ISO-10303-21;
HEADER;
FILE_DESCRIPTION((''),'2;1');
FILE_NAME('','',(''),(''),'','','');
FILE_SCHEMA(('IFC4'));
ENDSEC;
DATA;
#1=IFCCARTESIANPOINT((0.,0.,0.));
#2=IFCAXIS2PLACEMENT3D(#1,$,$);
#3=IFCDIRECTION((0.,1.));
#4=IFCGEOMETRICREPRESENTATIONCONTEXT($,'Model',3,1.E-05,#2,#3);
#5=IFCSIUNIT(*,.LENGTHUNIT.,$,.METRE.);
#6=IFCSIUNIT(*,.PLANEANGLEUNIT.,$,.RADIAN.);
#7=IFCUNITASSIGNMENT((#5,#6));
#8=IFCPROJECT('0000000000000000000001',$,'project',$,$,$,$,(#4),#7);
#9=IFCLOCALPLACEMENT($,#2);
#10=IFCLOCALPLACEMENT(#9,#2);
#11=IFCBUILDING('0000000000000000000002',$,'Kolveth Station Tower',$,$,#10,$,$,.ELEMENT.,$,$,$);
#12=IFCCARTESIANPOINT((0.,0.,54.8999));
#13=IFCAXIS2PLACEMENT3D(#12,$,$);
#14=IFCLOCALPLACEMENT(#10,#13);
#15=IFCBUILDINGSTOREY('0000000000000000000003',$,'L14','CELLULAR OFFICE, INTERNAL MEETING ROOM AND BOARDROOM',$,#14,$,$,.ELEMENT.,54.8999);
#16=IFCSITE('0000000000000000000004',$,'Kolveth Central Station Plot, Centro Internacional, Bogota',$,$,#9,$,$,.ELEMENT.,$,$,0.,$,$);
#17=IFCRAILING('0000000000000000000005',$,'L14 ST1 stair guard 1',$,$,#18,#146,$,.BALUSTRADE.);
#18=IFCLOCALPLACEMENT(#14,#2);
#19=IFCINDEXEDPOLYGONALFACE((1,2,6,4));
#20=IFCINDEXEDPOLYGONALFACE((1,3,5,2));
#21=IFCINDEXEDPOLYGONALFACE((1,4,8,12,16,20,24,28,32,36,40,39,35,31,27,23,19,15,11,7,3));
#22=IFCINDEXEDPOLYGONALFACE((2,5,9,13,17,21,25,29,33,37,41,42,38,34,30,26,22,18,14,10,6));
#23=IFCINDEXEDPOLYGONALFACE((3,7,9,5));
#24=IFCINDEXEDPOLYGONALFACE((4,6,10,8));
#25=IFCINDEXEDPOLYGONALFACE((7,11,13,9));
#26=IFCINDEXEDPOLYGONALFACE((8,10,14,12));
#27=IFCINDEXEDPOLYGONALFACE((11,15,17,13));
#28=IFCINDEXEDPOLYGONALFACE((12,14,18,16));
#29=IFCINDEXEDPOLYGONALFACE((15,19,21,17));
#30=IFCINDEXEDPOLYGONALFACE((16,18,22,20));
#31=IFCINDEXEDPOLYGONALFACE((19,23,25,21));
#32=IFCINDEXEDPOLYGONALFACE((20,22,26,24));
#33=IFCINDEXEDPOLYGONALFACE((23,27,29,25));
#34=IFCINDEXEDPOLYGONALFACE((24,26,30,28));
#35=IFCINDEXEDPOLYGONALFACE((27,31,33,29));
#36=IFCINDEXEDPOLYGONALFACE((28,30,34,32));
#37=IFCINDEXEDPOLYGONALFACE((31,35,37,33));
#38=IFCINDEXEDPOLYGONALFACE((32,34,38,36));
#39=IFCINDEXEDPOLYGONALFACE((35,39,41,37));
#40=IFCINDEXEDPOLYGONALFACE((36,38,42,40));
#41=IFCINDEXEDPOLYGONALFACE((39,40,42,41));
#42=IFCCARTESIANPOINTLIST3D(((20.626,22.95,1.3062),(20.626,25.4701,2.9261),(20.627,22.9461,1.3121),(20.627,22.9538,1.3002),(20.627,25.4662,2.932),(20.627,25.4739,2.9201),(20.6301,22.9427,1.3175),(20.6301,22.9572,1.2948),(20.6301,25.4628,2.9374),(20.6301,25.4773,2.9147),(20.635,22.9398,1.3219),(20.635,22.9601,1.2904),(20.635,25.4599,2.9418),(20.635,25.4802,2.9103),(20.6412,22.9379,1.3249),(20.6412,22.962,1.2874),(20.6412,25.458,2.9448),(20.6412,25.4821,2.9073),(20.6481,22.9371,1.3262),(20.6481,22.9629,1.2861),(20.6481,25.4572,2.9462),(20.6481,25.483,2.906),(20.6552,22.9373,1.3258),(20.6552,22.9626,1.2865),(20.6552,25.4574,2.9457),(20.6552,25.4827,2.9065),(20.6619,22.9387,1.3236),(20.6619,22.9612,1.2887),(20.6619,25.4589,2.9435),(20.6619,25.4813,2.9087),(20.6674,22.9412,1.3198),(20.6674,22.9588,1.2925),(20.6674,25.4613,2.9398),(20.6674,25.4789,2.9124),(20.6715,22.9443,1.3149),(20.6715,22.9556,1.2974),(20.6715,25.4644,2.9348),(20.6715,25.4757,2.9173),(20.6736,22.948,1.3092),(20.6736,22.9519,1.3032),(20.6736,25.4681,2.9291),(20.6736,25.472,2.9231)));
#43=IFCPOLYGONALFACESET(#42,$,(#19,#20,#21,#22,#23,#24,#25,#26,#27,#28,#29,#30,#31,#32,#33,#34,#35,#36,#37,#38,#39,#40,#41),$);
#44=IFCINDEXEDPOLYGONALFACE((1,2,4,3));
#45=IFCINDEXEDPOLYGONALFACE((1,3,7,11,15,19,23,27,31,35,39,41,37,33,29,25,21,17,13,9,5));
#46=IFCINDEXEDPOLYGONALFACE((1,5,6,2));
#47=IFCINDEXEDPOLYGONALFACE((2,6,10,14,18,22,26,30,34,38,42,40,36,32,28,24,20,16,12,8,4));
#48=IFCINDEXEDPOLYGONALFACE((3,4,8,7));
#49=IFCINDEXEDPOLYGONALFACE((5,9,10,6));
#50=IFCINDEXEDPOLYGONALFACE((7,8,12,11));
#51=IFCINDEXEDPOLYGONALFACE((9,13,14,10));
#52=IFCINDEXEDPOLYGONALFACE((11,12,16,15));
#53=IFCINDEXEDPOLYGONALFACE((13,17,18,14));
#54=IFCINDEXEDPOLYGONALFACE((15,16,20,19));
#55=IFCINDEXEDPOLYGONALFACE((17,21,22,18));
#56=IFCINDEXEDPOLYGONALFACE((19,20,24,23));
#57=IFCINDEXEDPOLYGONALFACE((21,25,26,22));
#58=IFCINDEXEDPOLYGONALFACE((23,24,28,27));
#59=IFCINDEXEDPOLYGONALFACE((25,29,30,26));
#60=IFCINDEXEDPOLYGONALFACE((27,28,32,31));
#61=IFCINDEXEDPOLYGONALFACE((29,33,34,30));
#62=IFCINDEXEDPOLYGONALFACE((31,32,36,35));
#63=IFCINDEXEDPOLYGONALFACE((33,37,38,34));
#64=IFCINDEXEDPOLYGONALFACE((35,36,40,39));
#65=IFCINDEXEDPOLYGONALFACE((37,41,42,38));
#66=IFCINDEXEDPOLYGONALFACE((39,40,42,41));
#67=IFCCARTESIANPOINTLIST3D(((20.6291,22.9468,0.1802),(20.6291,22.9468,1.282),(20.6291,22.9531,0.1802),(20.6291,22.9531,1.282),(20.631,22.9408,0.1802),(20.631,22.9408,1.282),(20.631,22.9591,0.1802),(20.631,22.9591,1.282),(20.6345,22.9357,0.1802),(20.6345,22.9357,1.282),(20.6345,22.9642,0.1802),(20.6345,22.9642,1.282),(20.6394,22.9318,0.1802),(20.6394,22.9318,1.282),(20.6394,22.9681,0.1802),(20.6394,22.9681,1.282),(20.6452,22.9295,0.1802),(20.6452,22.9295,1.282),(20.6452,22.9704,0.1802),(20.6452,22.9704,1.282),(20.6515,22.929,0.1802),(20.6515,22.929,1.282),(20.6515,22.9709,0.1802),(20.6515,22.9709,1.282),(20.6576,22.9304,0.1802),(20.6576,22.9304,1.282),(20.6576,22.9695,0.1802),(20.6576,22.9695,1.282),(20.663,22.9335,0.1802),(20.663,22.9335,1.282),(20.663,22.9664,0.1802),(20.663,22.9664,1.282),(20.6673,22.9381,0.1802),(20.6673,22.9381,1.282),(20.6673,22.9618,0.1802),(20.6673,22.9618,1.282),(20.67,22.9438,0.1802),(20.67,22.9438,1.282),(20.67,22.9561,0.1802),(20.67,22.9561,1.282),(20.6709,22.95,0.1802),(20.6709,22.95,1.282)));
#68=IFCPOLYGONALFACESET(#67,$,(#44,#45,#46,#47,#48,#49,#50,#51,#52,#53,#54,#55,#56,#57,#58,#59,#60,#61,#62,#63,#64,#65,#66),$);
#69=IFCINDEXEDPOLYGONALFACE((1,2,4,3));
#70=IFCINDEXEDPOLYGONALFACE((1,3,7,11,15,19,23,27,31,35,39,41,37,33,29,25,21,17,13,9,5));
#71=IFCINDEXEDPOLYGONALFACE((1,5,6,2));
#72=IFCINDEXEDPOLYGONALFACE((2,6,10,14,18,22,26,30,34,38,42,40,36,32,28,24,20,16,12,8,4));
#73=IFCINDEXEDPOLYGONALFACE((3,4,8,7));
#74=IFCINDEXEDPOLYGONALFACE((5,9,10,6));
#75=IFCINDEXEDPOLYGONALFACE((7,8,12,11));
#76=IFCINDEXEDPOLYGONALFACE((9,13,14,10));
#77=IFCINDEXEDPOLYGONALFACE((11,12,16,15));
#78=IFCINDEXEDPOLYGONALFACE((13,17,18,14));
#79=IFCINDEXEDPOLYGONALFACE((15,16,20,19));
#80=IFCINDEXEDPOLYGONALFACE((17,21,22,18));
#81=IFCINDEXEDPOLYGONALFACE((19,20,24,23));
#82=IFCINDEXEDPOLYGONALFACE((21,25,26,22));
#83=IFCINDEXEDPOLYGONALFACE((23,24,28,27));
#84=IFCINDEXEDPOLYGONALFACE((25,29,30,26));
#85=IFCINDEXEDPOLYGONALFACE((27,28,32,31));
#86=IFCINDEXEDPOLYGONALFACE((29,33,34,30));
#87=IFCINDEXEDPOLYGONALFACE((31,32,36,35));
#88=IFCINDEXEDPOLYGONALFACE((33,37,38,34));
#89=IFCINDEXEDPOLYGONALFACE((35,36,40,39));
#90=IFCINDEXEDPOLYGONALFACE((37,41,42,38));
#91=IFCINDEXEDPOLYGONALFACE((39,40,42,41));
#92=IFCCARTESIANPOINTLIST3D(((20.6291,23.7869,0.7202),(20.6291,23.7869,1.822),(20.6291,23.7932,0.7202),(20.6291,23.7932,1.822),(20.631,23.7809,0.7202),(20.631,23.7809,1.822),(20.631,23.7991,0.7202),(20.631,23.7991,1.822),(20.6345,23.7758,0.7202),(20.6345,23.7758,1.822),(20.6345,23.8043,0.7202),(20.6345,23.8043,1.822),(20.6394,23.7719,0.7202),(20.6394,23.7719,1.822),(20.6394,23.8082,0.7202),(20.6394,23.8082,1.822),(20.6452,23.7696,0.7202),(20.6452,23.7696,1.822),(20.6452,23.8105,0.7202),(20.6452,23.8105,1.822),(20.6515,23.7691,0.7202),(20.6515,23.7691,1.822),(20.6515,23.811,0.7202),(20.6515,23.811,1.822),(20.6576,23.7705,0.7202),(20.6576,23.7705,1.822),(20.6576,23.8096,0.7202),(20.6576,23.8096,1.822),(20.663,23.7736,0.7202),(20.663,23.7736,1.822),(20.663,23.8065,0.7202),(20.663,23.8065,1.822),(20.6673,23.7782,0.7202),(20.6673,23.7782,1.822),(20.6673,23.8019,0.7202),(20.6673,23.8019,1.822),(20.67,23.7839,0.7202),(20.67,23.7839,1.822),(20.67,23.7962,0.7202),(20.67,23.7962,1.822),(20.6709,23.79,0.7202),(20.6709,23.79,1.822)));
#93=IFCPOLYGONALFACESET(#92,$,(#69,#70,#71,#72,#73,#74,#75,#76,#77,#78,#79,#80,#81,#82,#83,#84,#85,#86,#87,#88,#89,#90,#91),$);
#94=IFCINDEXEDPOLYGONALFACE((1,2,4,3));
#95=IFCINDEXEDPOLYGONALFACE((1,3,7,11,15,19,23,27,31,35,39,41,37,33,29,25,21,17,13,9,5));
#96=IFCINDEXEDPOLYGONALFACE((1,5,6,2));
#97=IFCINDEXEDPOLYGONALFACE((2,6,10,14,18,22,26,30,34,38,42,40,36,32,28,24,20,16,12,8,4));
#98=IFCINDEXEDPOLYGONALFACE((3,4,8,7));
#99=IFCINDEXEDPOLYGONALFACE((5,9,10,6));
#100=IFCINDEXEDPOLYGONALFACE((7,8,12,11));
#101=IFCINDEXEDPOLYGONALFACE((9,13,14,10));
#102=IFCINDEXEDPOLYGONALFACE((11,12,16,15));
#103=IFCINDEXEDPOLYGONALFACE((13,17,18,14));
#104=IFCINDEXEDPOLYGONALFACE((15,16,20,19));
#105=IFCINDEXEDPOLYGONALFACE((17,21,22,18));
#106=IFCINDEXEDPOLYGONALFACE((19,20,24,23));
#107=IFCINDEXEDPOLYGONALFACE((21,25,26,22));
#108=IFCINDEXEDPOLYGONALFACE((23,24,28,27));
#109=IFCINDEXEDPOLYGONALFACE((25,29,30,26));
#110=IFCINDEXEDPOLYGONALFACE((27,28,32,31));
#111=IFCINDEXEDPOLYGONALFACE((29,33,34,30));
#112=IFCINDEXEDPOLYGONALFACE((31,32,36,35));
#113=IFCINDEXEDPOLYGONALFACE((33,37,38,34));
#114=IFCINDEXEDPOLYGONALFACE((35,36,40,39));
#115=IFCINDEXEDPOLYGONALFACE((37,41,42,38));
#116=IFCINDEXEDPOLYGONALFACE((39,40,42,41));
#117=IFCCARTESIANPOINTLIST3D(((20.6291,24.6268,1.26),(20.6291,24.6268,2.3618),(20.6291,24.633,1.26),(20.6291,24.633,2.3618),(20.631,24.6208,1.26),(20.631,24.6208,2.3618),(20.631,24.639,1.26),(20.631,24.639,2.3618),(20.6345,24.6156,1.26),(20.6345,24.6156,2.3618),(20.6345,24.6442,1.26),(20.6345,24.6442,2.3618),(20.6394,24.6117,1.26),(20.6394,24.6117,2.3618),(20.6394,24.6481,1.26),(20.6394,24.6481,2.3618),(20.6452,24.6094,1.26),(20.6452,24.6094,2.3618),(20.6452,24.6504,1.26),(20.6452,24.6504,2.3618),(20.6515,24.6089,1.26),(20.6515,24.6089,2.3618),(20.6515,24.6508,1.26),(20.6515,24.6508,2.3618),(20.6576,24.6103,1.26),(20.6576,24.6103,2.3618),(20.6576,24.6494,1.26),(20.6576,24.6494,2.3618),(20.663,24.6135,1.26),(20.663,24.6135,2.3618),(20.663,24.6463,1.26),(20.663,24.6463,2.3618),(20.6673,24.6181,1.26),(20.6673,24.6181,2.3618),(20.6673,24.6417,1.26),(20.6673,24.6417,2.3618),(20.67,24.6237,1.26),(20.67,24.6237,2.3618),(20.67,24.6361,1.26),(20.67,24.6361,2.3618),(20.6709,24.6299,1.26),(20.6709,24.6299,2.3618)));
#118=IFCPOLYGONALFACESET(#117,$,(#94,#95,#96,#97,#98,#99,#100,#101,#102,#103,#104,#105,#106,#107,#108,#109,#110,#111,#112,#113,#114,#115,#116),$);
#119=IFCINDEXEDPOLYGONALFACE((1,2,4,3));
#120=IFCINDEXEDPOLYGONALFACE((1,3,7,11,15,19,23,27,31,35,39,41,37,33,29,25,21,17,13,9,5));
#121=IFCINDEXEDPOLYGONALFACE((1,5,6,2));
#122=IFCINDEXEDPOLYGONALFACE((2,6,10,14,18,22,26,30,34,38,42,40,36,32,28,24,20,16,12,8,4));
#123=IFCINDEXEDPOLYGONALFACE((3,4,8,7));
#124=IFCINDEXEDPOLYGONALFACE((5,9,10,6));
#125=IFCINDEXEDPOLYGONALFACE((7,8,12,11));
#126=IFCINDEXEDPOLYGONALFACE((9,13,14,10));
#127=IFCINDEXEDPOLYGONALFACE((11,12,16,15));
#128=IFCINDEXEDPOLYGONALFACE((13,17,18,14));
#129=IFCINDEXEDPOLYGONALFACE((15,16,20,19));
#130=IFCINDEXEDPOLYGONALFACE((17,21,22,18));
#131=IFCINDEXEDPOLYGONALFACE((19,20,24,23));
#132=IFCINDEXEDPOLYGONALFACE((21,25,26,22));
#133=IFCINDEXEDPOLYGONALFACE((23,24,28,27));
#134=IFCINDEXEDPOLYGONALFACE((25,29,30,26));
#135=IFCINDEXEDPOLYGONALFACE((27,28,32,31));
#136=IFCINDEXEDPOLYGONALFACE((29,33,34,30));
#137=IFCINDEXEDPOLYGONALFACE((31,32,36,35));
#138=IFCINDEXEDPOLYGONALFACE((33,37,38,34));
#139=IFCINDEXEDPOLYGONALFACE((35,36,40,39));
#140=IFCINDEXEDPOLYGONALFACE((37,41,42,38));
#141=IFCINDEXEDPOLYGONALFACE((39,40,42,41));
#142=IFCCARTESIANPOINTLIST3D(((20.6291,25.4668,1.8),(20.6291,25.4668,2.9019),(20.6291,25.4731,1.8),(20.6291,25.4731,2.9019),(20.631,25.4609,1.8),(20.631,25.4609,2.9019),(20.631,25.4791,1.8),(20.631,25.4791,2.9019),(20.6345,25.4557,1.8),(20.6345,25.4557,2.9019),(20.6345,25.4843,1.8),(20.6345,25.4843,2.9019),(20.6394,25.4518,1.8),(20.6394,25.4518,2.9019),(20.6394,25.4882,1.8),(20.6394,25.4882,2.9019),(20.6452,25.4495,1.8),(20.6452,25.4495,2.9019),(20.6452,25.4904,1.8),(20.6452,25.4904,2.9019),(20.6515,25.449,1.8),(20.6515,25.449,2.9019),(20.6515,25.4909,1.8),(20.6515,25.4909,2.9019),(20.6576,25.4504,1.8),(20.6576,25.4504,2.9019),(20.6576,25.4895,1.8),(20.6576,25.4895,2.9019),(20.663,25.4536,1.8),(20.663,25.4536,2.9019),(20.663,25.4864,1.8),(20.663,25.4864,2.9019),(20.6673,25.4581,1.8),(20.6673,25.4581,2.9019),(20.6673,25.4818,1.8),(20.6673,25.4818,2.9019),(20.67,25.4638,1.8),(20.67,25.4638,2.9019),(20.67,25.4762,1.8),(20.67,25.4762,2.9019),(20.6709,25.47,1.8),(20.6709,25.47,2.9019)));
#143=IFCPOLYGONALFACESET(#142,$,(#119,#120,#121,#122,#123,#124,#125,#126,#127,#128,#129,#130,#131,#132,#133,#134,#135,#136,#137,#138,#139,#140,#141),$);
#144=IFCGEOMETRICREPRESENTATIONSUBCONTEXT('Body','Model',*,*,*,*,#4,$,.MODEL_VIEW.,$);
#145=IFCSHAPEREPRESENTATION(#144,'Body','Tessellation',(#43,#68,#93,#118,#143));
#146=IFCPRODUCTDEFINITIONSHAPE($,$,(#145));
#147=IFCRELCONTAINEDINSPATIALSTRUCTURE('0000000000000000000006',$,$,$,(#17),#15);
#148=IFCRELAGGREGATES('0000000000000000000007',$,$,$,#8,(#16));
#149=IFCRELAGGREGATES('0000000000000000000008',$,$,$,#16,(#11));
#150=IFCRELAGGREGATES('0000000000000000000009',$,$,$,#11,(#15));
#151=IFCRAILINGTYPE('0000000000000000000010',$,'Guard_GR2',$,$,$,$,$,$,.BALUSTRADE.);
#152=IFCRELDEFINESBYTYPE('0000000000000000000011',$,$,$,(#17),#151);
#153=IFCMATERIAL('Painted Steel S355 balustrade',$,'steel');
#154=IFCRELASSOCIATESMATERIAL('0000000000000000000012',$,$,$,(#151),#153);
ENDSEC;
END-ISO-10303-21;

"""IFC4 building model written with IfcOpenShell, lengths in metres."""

from ifc_helpers import new_model, si_unit, direction, frame, origin, origin_2d, place, context, subcontext, project, spatial, circle, extrude, material, type_object, element, save


model = new_model("IFC4")

# Units and contexts
model_context = context("Model", 3, precision=1e-05, world=origin(), true_north=direction((0.0, 1.0)))
body_context = subcontext(model_context, "Body", "Model", "MODEL_VIEW")
ifc_project = project(units=[si_unit("LENGTHUNIT", "METRE"), si_unit("PLANEANGLEUNIT", "RADIAN")], contexts=[model_context])

# Site, building, storey
site_placement = place(None, origin())
site = spatial("IfcSite", under=ifc_project, at=site_placement, Name="Kolveth Central Station Plot, Centro Internacional, Bogota", CompositionType="ELEMENT", RefElevation=0.0)
building_placement = place(site_placement, origin())
building = spatial("IfcBuilding", under=site, at=building_placement, Name="Kolveth Station Tower", CompositionType="ELEMENT")
storey_placement = place(building_placement, frame((0.0, 0.0, 54.8999)))
storey = spatial("IfcBuildingStorey", under=building, at=storey_placement, Name="L14", Description="CELLULAR OFFICE, INTERNAL MEETING ROOM AND BOARDROOM", CompositionType="ELEMENT", Elevation=54.8999)

# Railing
ifc_material_1 = material(Name="Painted Steel S355 balustrade", Category="steel")
railing_type_1 = type_object("IfcRailingType", Name="Guard_GR2", PredefinedType="BALUSTRADE", material=ifc_material_1)
railing_1_placement = place(storey_placement, frame((20.6499, 22.95, 0.1802)))
element("IfcRailing", 1, at=railing_1_placement, inside=storey, type_object=railing_type_1, Name="L14 ST1 stair guard 1", PredefinedType="BALUSTRADE", context=body_context, shape_type="SweptSolid", body=[
    extrude(circle(Radius=0.0239, at=origin_2d()), frame((0.0, 0.0, 1.126), z_axis=(0.0, 0.8412, 0.540725), x_axis=(-1.0, 0.0, 0.0)), (0.0, 0.0, 1.0), 2.9958),
    extrude(circle(Radius=0.021, at=origin_2d()), origin(), (0.0, 0.0, 1.0), 1.1018),
    extrude(circle(Radius=0.021, at=origin_2d()), frame((0.0, 0.8401, 0.54)), (0.0, 0.0, 1.0), 1.1018),
    extrude(circle(Radius=0.021, at=origin_2d()), frame((0.0, 1.6799, 1.0798)), (0.0, 0.0, 1.0), 1.1018),
    extrude(circle(Radius=0.021, at=origin_2d()), frame((0.0, 2.52, 1.6199)), (0.0, 0.0, 1.0), 1.1018),
])

save(model, "model.ifc")
